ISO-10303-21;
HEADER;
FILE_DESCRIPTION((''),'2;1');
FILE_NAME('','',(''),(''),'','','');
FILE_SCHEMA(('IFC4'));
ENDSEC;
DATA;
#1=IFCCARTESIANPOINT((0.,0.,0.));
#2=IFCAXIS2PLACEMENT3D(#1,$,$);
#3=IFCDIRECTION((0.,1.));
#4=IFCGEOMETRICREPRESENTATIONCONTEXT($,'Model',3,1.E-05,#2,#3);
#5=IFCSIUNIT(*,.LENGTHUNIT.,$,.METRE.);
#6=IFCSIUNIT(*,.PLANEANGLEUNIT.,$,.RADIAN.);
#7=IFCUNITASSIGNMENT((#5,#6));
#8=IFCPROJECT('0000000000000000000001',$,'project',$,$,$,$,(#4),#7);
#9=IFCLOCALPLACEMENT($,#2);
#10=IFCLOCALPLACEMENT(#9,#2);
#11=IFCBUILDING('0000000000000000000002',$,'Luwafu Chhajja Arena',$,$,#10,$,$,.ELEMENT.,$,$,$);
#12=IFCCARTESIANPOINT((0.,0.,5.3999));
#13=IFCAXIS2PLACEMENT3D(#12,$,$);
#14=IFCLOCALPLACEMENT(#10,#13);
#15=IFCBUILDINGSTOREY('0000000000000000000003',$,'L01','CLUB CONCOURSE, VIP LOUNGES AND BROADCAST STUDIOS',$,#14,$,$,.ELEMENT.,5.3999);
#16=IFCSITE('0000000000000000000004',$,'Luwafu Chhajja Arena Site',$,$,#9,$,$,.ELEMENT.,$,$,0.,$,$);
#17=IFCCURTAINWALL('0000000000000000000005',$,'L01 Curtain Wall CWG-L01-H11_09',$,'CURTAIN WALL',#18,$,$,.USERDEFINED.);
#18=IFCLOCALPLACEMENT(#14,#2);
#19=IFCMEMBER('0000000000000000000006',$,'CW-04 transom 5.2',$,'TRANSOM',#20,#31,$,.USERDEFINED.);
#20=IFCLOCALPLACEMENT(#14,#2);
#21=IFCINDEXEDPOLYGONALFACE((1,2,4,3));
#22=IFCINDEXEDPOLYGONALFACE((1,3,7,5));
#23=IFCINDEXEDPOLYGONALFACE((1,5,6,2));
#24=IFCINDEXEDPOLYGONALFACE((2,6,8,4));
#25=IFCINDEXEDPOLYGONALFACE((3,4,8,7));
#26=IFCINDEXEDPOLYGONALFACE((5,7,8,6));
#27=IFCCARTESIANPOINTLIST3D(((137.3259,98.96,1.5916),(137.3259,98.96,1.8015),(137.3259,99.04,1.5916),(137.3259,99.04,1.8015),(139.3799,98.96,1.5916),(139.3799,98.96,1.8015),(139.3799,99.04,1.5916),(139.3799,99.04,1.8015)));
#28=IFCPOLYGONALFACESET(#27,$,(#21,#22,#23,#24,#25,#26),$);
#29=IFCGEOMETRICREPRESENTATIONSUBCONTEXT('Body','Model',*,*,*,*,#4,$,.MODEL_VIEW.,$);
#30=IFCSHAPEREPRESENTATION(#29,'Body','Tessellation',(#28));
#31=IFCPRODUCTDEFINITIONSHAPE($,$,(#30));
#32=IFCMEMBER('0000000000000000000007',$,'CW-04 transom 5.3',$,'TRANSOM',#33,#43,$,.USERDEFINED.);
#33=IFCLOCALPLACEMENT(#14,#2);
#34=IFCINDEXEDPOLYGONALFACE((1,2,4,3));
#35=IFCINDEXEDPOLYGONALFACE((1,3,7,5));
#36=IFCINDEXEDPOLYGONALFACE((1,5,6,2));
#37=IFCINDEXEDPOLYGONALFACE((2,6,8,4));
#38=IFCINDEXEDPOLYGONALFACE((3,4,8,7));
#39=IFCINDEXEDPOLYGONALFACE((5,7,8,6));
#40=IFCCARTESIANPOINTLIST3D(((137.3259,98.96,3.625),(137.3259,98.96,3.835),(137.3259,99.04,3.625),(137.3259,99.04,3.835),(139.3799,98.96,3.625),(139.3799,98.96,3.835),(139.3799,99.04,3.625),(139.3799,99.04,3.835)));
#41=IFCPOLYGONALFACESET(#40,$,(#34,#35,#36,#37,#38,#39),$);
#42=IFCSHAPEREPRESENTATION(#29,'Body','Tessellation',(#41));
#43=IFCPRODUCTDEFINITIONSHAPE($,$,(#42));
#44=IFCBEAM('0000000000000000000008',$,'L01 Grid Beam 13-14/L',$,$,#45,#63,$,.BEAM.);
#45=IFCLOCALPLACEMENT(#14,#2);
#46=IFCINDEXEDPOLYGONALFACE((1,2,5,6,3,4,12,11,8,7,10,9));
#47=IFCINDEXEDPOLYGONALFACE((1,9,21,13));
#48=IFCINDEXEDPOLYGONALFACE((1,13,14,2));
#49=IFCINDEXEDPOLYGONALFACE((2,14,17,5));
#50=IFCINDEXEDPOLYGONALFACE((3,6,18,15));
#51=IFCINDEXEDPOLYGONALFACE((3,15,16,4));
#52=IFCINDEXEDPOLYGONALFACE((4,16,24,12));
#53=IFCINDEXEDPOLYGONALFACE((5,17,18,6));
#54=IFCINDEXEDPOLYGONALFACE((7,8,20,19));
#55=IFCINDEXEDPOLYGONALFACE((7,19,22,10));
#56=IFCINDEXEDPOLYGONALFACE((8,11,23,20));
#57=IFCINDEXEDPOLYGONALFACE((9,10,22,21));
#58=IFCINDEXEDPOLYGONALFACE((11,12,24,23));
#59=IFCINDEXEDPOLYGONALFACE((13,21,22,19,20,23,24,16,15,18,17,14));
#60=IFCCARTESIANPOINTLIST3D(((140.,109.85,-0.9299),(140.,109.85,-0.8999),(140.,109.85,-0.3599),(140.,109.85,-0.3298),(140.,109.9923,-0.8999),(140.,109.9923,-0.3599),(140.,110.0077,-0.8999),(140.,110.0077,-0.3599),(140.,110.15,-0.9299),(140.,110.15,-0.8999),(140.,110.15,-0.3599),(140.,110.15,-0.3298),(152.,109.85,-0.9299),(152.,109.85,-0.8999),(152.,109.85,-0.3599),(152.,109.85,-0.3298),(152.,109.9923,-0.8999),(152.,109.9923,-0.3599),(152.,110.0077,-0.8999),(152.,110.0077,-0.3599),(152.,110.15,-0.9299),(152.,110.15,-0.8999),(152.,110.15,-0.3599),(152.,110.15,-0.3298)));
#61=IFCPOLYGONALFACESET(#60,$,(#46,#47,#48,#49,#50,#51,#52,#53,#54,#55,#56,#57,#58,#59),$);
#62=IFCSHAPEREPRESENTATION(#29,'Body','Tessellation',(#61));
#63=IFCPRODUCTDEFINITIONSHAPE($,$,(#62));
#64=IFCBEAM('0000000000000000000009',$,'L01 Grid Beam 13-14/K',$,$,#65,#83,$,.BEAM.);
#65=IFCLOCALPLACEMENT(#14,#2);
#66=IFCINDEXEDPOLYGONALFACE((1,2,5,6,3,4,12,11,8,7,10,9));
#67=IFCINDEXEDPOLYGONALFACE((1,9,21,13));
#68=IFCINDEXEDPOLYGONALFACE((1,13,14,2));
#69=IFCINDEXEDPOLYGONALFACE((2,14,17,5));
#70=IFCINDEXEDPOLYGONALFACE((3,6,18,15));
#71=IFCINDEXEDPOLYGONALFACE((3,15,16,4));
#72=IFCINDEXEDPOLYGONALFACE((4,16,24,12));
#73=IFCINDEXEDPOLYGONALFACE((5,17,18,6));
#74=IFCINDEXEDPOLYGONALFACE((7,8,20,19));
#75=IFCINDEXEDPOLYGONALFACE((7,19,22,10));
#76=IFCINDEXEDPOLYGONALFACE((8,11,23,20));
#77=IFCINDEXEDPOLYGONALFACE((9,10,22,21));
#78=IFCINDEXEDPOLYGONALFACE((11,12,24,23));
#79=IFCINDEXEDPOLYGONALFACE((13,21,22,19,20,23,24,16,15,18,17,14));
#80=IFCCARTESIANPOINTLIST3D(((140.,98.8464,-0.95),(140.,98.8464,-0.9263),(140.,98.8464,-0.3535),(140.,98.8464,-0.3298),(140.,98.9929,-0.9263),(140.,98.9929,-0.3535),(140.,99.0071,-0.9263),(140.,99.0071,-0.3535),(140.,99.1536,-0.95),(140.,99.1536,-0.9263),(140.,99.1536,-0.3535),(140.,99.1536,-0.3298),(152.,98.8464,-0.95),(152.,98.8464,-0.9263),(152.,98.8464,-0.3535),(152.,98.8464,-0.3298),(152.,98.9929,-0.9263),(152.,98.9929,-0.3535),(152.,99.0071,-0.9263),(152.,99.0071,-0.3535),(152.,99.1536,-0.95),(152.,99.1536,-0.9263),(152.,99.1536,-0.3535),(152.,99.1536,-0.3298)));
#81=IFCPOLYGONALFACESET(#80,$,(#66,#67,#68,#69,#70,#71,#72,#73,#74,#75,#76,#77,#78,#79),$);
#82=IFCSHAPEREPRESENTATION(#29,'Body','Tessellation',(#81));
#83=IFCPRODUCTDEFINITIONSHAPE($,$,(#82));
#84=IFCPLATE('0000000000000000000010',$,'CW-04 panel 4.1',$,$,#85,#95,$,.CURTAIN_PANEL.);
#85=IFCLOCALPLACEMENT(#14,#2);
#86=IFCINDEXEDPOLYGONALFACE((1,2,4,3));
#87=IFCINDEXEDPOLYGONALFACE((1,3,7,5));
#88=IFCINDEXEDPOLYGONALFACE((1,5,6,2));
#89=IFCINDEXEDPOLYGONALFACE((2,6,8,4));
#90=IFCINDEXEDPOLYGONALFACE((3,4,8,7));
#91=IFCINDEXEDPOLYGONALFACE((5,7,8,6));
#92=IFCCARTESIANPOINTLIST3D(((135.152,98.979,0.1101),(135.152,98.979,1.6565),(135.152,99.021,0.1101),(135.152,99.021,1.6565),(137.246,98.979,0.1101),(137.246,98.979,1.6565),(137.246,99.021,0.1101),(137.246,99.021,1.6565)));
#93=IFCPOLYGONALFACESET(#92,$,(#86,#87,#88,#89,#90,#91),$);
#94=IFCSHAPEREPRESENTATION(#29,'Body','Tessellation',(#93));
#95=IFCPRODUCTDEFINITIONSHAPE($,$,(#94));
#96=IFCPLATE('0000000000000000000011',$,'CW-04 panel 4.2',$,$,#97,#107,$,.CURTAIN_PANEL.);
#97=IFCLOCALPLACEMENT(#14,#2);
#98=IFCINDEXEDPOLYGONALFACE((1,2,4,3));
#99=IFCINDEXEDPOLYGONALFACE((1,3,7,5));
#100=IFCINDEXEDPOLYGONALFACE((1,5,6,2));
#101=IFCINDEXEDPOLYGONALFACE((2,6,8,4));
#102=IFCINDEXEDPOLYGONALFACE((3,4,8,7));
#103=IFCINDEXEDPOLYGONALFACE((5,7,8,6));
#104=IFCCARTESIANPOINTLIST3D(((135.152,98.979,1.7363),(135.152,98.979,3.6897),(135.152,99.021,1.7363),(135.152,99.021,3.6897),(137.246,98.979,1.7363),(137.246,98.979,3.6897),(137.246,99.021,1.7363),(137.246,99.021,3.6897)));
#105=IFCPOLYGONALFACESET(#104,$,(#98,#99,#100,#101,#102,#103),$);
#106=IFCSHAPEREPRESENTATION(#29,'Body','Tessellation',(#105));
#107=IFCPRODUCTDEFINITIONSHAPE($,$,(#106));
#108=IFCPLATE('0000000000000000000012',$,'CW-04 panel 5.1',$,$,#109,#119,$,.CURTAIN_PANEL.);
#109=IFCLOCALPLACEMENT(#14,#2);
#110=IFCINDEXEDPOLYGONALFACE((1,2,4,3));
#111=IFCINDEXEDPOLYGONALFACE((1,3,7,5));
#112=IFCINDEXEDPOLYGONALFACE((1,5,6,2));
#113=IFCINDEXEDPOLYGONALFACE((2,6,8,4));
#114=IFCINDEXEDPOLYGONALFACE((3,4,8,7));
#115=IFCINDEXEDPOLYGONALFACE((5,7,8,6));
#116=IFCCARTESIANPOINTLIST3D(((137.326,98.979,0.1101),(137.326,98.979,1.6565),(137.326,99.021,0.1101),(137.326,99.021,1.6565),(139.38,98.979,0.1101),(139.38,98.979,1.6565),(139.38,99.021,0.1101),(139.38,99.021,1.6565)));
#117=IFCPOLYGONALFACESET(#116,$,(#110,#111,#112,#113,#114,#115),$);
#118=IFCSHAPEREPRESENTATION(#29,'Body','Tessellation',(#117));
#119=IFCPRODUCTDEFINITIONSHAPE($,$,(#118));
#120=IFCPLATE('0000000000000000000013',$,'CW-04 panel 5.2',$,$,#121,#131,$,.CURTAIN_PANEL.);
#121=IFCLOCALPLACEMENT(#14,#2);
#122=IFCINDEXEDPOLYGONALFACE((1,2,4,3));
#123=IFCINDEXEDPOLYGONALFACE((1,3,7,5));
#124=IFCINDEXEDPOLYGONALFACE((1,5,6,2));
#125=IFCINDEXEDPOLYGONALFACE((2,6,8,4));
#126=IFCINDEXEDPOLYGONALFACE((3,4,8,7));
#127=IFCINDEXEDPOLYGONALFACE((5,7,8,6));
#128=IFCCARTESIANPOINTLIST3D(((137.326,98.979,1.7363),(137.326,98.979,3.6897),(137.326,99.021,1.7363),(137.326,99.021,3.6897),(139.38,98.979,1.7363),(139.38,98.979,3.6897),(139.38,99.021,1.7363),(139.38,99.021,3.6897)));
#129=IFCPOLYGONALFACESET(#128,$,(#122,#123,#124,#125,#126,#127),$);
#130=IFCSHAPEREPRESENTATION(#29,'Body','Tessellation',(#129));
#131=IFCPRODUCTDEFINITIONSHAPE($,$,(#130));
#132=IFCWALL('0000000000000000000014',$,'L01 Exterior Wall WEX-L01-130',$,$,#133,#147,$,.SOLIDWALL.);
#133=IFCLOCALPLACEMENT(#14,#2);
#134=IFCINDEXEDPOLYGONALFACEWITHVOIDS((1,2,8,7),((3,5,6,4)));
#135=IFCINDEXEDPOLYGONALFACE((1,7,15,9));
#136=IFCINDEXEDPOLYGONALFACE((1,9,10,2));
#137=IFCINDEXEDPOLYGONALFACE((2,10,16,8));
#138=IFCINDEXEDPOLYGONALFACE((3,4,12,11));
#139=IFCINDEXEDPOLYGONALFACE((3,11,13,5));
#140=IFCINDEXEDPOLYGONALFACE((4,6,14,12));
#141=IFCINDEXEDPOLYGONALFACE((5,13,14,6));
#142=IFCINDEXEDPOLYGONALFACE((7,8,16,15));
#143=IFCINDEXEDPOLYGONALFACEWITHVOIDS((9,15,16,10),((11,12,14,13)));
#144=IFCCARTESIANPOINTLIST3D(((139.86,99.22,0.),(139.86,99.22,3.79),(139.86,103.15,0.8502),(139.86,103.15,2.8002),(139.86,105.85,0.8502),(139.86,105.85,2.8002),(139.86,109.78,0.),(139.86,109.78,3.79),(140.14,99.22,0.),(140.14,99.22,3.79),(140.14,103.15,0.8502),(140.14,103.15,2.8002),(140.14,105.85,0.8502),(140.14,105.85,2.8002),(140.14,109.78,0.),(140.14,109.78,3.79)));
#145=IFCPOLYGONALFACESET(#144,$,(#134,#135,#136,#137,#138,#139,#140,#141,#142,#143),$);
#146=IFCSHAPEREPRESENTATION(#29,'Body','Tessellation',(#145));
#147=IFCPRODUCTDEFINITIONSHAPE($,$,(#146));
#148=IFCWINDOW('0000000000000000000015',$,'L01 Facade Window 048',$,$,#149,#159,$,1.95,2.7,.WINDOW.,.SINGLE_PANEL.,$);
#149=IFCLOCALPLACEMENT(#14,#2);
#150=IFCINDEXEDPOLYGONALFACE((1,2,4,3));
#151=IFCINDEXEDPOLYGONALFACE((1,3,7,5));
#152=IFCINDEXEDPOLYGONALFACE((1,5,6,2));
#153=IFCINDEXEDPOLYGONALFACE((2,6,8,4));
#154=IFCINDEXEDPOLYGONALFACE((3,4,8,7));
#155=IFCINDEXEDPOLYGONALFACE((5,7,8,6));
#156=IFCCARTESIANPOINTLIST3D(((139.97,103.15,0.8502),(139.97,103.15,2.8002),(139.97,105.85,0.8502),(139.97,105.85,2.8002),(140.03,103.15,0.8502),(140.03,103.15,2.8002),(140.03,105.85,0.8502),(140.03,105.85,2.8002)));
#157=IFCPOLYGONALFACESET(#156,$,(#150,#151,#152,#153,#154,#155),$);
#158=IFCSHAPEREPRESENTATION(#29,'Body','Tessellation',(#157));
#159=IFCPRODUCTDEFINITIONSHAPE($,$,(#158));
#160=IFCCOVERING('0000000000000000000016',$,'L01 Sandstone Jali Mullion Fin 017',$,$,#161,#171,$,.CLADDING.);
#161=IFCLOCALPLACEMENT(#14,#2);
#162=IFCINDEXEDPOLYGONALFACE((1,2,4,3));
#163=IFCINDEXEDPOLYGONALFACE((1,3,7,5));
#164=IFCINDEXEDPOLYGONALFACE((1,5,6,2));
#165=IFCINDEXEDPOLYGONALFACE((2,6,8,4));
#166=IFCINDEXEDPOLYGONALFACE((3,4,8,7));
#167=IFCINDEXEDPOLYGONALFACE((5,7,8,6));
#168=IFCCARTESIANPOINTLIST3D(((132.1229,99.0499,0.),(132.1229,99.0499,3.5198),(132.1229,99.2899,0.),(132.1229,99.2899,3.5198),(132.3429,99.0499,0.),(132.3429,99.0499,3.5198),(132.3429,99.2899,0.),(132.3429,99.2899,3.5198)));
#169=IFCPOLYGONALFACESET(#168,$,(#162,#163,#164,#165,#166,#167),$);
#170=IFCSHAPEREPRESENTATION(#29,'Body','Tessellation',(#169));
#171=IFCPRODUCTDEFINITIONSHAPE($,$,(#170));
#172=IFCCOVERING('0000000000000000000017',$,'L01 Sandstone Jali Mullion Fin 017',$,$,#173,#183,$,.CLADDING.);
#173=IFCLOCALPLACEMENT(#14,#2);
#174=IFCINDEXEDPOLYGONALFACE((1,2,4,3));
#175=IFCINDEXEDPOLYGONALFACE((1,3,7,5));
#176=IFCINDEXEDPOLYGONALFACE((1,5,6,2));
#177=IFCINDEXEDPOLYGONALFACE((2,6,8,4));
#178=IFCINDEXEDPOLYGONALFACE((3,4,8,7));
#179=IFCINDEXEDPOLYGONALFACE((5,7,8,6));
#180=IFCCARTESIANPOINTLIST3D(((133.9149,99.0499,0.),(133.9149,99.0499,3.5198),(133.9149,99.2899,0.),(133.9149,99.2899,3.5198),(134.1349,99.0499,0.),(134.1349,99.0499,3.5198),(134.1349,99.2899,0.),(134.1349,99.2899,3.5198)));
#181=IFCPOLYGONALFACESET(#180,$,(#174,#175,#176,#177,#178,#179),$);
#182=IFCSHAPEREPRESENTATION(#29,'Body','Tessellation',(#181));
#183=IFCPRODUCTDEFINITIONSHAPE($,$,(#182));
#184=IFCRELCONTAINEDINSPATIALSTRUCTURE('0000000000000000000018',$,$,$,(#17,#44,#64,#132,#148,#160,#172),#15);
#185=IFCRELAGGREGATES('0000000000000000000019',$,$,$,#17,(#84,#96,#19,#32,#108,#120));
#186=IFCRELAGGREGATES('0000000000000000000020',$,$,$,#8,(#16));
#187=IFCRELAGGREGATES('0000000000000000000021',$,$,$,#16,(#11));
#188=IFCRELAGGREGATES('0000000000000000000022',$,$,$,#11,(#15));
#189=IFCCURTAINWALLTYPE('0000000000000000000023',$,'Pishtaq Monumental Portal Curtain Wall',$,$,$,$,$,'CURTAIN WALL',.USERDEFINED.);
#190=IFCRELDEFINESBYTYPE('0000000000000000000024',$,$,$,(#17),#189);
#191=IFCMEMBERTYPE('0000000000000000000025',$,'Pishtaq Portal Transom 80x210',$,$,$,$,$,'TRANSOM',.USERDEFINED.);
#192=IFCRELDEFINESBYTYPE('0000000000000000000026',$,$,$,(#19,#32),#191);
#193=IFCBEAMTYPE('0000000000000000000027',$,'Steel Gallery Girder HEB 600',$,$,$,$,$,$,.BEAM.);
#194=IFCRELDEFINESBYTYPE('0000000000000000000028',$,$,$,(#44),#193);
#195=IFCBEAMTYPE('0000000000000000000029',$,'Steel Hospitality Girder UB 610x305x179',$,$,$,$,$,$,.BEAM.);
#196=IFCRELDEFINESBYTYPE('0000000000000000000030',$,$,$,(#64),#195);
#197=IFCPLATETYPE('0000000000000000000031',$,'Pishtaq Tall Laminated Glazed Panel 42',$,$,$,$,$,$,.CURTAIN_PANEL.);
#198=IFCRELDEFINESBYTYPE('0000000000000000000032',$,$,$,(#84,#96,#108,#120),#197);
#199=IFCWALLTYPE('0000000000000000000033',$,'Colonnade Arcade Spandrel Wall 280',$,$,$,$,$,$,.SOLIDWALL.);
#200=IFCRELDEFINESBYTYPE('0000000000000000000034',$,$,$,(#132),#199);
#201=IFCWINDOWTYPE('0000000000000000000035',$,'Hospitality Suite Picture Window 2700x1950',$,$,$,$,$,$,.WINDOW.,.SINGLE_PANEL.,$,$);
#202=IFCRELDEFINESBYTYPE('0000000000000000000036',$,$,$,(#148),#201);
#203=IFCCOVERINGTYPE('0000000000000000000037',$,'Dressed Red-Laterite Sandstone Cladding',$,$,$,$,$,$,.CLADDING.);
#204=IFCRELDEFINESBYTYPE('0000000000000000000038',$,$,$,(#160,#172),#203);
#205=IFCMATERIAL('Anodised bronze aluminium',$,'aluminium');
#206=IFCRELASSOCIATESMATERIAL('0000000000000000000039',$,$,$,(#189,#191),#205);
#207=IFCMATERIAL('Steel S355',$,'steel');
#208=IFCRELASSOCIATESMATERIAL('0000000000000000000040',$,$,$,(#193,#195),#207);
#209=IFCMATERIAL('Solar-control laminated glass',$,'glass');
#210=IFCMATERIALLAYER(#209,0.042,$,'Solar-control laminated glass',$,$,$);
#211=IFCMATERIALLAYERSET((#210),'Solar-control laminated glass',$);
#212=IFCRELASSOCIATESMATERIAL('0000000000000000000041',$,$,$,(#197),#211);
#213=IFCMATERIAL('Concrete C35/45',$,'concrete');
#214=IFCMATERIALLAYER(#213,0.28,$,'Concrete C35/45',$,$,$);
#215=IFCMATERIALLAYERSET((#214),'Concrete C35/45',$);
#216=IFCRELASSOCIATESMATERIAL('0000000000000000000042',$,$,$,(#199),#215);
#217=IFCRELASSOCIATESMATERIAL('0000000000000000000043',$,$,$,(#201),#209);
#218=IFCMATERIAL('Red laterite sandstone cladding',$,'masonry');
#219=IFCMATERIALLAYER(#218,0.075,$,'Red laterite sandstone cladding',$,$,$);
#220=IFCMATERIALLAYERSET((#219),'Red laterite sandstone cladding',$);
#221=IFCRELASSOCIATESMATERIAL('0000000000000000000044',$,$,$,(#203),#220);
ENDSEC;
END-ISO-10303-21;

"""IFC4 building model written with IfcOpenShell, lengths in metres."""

from ifc_helpers import new_model, si_unit, direction, frame, frame_2d, origin, origin_2d, place, context, subcontext, project, spatial, rectangle, i_section, extrude, material, layer, layer_set, material_profile, profile_set, type_object, element, fill, aggregate, save


model = new_model("IFC4")

# Units and contexts
model_context = context("Model", 3, precision=1e-05, world=origin(), true_north=direction((0.0, 1.0)))
body_context = subcontext(model_context, "Body", "Model", "MODEL_VIEW")
ifc_project = project(units=[si_unit("LENGTHUNIT", "METRE"), si_unit("PLANEANGLEUNIT", "RADIAN")], contexts=[model_context])

# Site, building, storey
site_placement = place(None, origin())
site = spatial("IfcSite", under=ifc_project, at=site_placement, Name="Luwafu Chhajja Arena Site", CompositionType="ELEMENT", RefElevation=0.0)
building_placement = place(site_placement, origin())
building = spatial("IfcBuilding", under=site, at=building_placement, Name="Luwafu Chhajja Arena", CompositionType="ELEMENT")
storey_placement = place(building_placement, frame((0.0, 0.0, 5.3999)))
storey = spatial("IfcBuildingStorey", under=building, at=storey_placement, Name="L01", Description="CLUB CONCOURSE, VIP LOUNGES AND BROADCAST STUDIOS", CompositionType="ELEMENT", Elevation=5.3999)

# Shared definitions
ifc_material_1 = material(Name="Concrete C35/45", Category="concrete")

# Shared definitions
ifc_material_2 = material(Name="Steel S355", Category="steel")

# Curtain wall, members
ifc_material_3 = material(Name="Anodised bronze aluminium", Category="aluminium")
curtain_wall_type = type_object("IfcCurtainWallType", Name="Pishtaq Monumental Portal Curtain Wall", ElementType="CURTAIN WALL", PredefinedType="USERDEFINED", material=ifc_material_3)
curtain_wall_placement = place(storey_placement, origin())
curtain_wall = element("IfcCurtainWall", 1, at=curtain_wall_placement, inside=storey, type_object=curtain_wall_type, Name="L01 Curtain Wall CWG-L01-H11_09", ObjectType="CURTAIN WALL", PredefinedType="USERDEFINED")
ifc_material_profile_1 = material_profile(ifc_material_3, rectangle(XDim=0.0801, YDim=0.21, at=origin_2d()), Name="CWT 80x210")
ifc_profile_set_1 = profile_set([ifc_material_profile_1], Name="Anodised bronze aluminium")
member_type_1 = type_object("IfcMemberType", Name="Pishtaq Portal Transom 80x210", ElementType="TRANSOM", PredefinedType="USERDEFINED", material=ifc_profile_set_1)
member_1_placement = place(storey_placement, frame((137.3259, 99.0, 1.6965), z_axis=(1.0, 0.0, 0.0), x_axis=(0.0, 1.0, 0.0)))
member_1 = element("IfcMember", 2, at=member_1_placement, type_object=member_type_1, Name="CW-04 transom 5.2", ObjectType="TRANSOM", PredefinedType="USERDEFINED", context=body_context, shape_type="SweptSolid", body=[
    extrude(rectangle(XDim=0.0801, YDim=0.21, at=origin_2d()), origin(), (0.0, 0.0, 1.0), 2.054),
])
member_2_placement = place(storey_placement, frame((137.3259, 99.0, 3.73), z_axis=(1.0, 0.0, 0.0), x_axis=(0.0, 1.0, 0.0)))
member_2 = element("IfcMember", 3, at=member_2_placement, type_object=member_type_1, Name="CW-04 transom 5.3", ObjectType="TRANSOM", PredefinedType="USERDEFINED", context=body_context, shape_type="SweptSolid", body=[
    extrude(rectangle(XDim=0.0801, YDim=0.21, at=origin_2d()), origin(), (0.0, 0.0, 1.0), 2.054),
])

# Beams
ifc_material_profile_2 = material_profile(ifc_material_2, i_section(OverallWidth=0.3, OverallDepth=0.6001, WebThickness=0.0154, FlangeThickness=0.03, at=origin_2d()), Name="HEB 600")
ifc_profile_set_2 = profile_set([ifc_material_profile_2], Name="Steel S355")
beam_type_1 = type_object("IfcBeamType", Name="Steel Gallery Girder HEB 600", PredefinedType="BEAM", material=ifc_profile_set_2)
beam_1_placement = place(storey_placement, frame((140.0, 110.0, -0.6299), z_axis=(1.0, 0.0, 0.0), x_axis=(0.0, 1.0, 0.0)))
element("IfcBeam", 4, at=beam_1_placement, inside=storey, type_object=beam_type_1, Name="L01 Grid Beam 13-14/L", PredefinedType="BEAM", context=body_context, shape_type="SweptSolid", body=[
    extrude(i_section(OverallWidth=0.3, OverallDepth=0.6001, WebThickness=0.0154, FlangeThickness=0.03, at=origin_2d()), origin(), (0.0, 0.0, 1.0), 12.0),
])
ifc_material_profile_3 = material_profile(ifc_material_2, i_section(OverallWidth=0.3071, OverallDepth=0.6201, WebThickness=0.0142, FlangeThickness=0.0237, at=origin_2d()), Name="UB 610x305x179")
ifc_profile_set_3 = profile_set([ifc_material_profile_3], Name="Steel S355")
beam_type_2 = type_object("IfcBeamType", Name="Steel Hospitality Girder UB 610x305x179", PredefinedType="BEAM", material=ifc_profile_set_3)
beam_2_placement = place(storey_placement, frame((140.0, 99.0, -0.6399), z_axis=(1.0, 0.0, 0.0), x_axis=(0.0, 1.0, 0.0)))
element("IfcBeam", 5, at=beam_2_placement, inside=storey, type_object=beam_type_2, Name="L01 Grid Beam 13-14/K", PredefinedType="BEAM", context=body_context, shape_type="SweptSolid", body=[
    extrude(i_section(OverallWidth=0.3071, OverallDepth=0.6201, WebThickness=0.0142, FlangeThickness=0.0237, at=origin_2d()), origin(), (0.0, 0.0, 1.0), 12.0),
])

# Plates
ifc_material_4 = material(Name="Solar-control laminated glass", Category="glass")
ifc_layer_1 = layer(ifc_material_4, 0.042, Name="Solar-control laminated glass")
ifc_layer_set_1 = layer_set([ifc_layer_1], Name="Solar-control laminated glass")
plate_type = type_object("IfcPlateType", Name="Pishtaq Tall Laminated Glazed Panel 42", PredefinedType="CURTAIN_PANEL", material=ifc_layer_set_1)
plate_1_placement = place(storey_placement, frame((136.199, 99.0, 0.1101), z_axis=(0.0, 0.0, 1.0), x_axis=(1.0, 0.0, 0.0)))
plate_1 = element("IfcPlate", 6, at=plate_1_placement, type_object=plate_type, Name="CW-04 panel 4.1", PredefinedType="CURTAIN_PANEL", context=body_context, shape_type="SweptSolid", body=[
    extrude(rectangle(XDim=2.094, YDim=0.042, at=origin_2d()), origin(), (0.0, 0.0, 1.0), 1.5464),
])
plate_2_placement = place(storey_placement, frame((136.199, 99.0, 1.7363), z_axis=(0.0, 0.0, 1.0), x_axis=(1.0, 0.0, 0.0)))
plate_2 = element("IfcPlate", 7, at=plate_2_placement, type_object=plate_type, Name="CW-04 panel 4.2", PredefinedType="CURTAIN_PANEL", context=body_context, shape_type="SweptSolid", body=[
    extrude(rectangle(XDim=2.094, YDim=0.042, at=origin_2d()), origin(), (0.0, 0.0, 1.0), 1.9534),
])
plate_3_placement = place(storey_placement, frame((138.353, 99.0, 0.1101), z_axis=(0.0, 0.0, 1.0), x_axis=(1.0, 0.0, 0.0)))
plate_3 = element("IfcPlate", 8, at=plate_3_placement, type_object=plate_type, Name="CW-04 panel 5.1", PredefinedType="CURTAIN_PANEL", context=body_context, shape_type="SweptSolid", body=[
    extrude(rectangle(XDim=2.054, YDim=0.042, at=origin_2d()), origin(), (0.0, 0.0, 1.0), 1.5464),
])
plate_4_placement = place(storey_placement, frame((138.353, 99.0, 1.7363), z_axis=(0.0, 0.0, 1.0), x_axis=(1.0, 0.0, 0.0)))
plate_4 = element("IfcPlate", 9, at=plate_4_placement, type_object=plate_type, Name="CW-04 panel 5.2", PredefinedType="CURTAIN_PANEL", context=body_context, shape_type="SweptSolid", body=[
    extrude(rectangle(XDim=2.054, YDim=0.042, at=origin_2d()), origin(), (0.0, 0.0, 1.0), 1.9534),
])
aggregate(curtain_wall, [plate_1, plate_2, member_1, member_2, plate_3, plate_4])

# Wall, opening, window
ifc_layer_2 = layer(ifc_material_1, 0.28, Name="Concrete C35/45")
ifc_layer_set_2 = layer_set([ifc_layer_2], Name="Concrete C35/45")
wall_type = type_object("IfcWallType", Name="Colonnade Arcade Spandrel Wall 280", PredefinedType="SOLIDWALL", material=ifc_layer_set_2)
wall_placement = place(storey_placement, frame((140.0, 99.22, 0.0), z_axis=(0.0, 0.0, 1.0), x_axis=(0.0, 1.0, 0.0)))
wall = element("IfcWall", 10, at=wall_placement, inside=storey, type_object=wall_type, Name="L01 Exterior Wall WEX-L01-130", PredefinedType="SOLIDWALL", context=body_context, shape_type="SweptSolid", body=[
    extrude(rectangle(XDim=10.5601, YDim=0.28, at=frame_2d((5.28, 0.0))), origin(), (0.0, 0.0, 1.0), 3.79),
])
opening_placement = place(wall_placement, frame((3.9299, 0.0, 0.8501)))
opening = element("IfcOpeningElement", 11, at=opening_placement, cuts=wall, PredefinedType="OPENING", context=body_context, shape_type="SweptSolid", body=[
    extrude(rectangle(XDim=2.7, YDim=1.95, at=frame_2d((1.3501, 0.9751))), frame((0.0, 0.1499, 0.0), z_axis=(0.0, -1.0, 0.0), x_axis=(1.0, 0.0, 0.0)), (0.0, 0.0, 1.0), 0.3),
])
window_type = type_object("IfcWindowType", Name="Hospitality Suite Picture Window 2700x1950", PartitioningType="SINGLE_PANEL", PredefinedType="WINDOW", material=ifc_material_4)
window_placement = place(opening_placement, origin())
window = element("IfcWindow", 12, at=window_placement, inside=storey, type_object=window_type, Name="L01 Facade Window 048", OverallHeight=1.95, OverallWidth=2.7, PartitioningType="SINGLE_PANEL", PredefinedType="WINDOW", context=body_context, shape_type="SweptSolid", body=[
    extrude(rectangle(XDim=2.7, YDim=1.95, at=frame_2d((1.3501, 0.9751))), frame((0.0, 0.03, 0.0), z_axis=(0.0, -1.0, 0.0), x_axis=(1.0, 0.0, 0.0)), (0.0, 0.0, 1.0), 0.0601),
])
fill(opening, window)

# Coverings
ifc_material_5 = material(Name="Red laterite sandstone cladding", Category="masonry")
ifc_layer_3 = layer(ifc_material_5, 0.075, Name="Red laterite sandstone cladding")
ifc_layer_set_3 = layer_set([ifc_layer_3], Name="Red laterite sandstone cladding")
covering_type = type_object("IfcCoveringType", Name="Dressed Red-Laterite Sandstone Cladding", PredefinedType="CLADDING", material=ifc_layer_set_3)
for number, where, z_axis, x_axis, name in (
    (13, (132.2329, 99.1699, 0.0), (0.0, 0.0, 1.0), (1.0, 0.0, 0.0), "L01 Sandstone Jali Mullion Fin 017"),
    (14, (134.0249, 99.1699, 0.0), (0.0, 0.0, 1.0), (1.0, 0.0, 0.0), "L01 Sandstone Jali Mullion Fin 017"),
):
    element("IfcCovering", number, at=place(storey_placement, frame(where, z_axis=z_axis, x_axis=x_axis)), inside=storey, type_object=covering_type, Name=name, PredefinedType="CLADDING", context=body_context, shape_type="SweptSolid", body=[
        extrude(rectangle(XDim=0.22, YDim=0.24, at=origin_2d()), origin(), (0.0, 0.0, 1.0), 3.5198),
    ])

save(model, "model.ifc")
